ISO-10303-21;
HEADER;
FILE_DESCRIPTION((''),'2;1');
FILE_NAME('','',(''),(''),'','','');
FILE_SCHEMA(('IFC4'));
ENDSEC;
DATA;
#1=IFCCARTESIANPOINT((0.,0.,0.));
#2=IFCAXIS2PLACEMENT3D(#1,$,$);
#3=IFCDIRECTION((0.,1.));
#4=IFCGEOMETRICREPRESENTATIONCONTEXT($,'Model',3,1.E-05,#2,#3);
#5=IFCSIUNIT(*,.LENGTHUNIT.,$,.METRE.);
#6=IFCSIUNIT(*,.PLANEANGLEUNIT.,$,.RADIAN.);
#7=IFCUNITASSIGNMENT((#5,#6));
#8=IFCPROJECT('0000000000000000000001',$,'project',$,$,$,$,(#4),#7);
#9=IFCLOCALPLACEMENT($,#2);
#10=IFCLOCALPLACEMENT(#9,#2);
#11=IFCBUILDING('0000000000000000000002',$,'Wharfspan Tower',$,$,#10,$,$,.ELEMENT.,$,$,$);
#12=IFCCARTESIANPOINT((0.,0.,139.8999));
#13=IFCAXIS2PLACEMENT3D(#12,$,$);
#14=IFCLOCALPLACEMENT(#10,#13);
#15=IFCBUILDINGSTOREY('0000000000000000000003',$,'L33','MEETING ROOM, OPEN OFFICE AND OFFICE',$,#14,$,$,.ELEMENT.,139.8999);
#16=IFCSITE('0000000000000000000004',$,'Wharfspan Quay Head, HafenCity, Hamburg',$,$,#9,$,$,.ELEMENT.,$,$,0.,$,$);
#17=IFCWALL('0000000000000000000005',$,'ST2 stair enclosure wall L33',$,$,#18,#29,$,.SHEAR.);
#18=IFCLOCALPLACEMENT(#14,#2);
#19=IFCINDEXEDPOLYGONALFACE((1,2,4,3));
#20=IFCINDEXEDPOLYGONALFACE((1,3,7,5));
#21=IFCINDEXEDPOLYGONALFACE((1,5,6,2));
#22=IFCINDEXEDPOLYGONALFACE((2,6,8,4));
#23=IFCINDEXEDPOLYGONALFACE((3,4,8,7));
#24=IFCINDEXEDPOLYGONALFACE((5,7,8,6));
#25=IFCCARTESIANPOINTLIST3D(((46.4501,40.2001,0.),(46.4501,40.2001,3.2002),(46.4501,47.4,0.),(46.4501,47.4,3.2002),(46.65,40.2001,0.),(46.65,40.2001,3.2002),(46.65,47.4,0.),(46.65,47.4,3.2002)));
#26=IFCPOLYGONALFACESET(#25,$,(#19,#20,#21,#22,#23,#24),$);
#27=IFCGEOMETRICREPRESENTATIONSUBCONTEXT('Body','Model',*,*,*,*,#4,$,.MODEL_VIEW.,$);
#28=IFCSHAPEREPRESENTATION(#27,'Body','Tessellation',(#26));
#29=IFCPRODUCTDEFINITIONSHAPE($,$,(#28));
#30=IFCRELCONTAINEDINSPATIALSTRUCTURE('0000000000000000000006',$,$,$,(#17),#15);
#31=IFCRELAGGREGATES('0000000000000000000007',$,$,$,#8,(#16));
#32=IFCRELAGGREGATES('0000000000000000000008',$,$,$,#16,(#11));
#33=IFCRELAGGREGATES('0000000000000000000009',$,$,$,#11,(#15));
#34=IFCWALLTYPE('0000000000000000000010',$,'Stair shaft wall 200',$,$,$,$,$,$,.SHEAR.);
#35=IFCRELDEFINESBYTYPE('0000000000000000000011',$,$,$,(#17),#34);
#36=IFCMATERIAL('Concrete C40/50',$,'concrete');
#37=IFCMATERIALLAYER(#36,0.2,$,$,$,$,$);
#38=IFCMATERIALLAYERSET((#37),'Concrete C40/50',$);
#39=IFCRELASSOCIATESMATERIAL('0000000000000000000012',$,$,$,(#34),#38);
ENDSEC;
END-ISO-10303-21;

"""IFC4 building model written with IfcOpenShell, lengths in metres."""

from ifc_helpers import new_model, si_unit, direction, frame, frame_2d, origin, place, context, subcontext, project, spatial, rectangle, extrude, material, layer, layer_set, type_object, element, save


model = new_model("IFC4")

# Units and contexts
model_context = context("Model", 3, precision=1e-05, world=origin(), true_north=direction((0.0, 1.0)))
body_context = subcontext(model_context, "Body", "Model", "MODEL_VIEW")
ifc_project = project(units=[si_unit("LENGTHUNIT", "METRE"), si_unit("PLANEANGLEUNIT", "RADIAN")], contexts=[model_context])

# Site, building, storey
site_placement = place(None, origin())
site = spatial("IfcSite", under=ifc_project, at=site_placement, Name="Wharfspan Quay Head, HafenCity, Hamburg", CompositionType="ELEMENT", RefElevation=0.0)
building_placement = place(site_placement, origin())
building = spatial("IfcBuilding", under=site, at=building_placement, Name="Wharfspan Tower", CompositionType="ELEMENT")
storey_placement = place(building_placement, frame((0.0, 0.0, 139.8999)))
storey = spatial("IfcBuildingStorey", under=building, at=storey_placement, Name="L33", Description="MEETING ROOM, OPEN OFFICE AND OFFICE", CompositionType="ELEMENT", Elevation=139.8999)

# Shared definitions
ifc_material_1 = material(Name="Concrete C40/50", Category="concrete")
ifc_layer_1 = layer(ifc_material_1, 0.2)
ifc_layer_set_1 = layer_set([ifc_layer_1], Name="Concrete C40/50")
wall_type_1 = type_object("IfcWallType", Name="Stair shaft wall 200", PredefinedType="SHEAR", material=ifc_layer_set_1)

# Wall
wall_1_placement = place(storey_placement, frame((46.55, 40.2, 0.0), z_axis=(0.0, 0.0, 1.0), x_axis=(0.0, 1.0, 0.0)))
element("IfcWall", 1, at=wall_1_placement, inside=storey, type_object=wall_type_1, Name="ST2 stair enclosure wall L33", PredefinedType="SHEAR", context=body_context, shape_type="SweptSolid", body=[
    extrude(rectangle(XDim=7.2, YDim=0.2, at=frame_2d((3.6001, 0.0))), origin(), (0.0, 0.0, 1.0), 3.2002),
])

save(model, "model.ifc")
